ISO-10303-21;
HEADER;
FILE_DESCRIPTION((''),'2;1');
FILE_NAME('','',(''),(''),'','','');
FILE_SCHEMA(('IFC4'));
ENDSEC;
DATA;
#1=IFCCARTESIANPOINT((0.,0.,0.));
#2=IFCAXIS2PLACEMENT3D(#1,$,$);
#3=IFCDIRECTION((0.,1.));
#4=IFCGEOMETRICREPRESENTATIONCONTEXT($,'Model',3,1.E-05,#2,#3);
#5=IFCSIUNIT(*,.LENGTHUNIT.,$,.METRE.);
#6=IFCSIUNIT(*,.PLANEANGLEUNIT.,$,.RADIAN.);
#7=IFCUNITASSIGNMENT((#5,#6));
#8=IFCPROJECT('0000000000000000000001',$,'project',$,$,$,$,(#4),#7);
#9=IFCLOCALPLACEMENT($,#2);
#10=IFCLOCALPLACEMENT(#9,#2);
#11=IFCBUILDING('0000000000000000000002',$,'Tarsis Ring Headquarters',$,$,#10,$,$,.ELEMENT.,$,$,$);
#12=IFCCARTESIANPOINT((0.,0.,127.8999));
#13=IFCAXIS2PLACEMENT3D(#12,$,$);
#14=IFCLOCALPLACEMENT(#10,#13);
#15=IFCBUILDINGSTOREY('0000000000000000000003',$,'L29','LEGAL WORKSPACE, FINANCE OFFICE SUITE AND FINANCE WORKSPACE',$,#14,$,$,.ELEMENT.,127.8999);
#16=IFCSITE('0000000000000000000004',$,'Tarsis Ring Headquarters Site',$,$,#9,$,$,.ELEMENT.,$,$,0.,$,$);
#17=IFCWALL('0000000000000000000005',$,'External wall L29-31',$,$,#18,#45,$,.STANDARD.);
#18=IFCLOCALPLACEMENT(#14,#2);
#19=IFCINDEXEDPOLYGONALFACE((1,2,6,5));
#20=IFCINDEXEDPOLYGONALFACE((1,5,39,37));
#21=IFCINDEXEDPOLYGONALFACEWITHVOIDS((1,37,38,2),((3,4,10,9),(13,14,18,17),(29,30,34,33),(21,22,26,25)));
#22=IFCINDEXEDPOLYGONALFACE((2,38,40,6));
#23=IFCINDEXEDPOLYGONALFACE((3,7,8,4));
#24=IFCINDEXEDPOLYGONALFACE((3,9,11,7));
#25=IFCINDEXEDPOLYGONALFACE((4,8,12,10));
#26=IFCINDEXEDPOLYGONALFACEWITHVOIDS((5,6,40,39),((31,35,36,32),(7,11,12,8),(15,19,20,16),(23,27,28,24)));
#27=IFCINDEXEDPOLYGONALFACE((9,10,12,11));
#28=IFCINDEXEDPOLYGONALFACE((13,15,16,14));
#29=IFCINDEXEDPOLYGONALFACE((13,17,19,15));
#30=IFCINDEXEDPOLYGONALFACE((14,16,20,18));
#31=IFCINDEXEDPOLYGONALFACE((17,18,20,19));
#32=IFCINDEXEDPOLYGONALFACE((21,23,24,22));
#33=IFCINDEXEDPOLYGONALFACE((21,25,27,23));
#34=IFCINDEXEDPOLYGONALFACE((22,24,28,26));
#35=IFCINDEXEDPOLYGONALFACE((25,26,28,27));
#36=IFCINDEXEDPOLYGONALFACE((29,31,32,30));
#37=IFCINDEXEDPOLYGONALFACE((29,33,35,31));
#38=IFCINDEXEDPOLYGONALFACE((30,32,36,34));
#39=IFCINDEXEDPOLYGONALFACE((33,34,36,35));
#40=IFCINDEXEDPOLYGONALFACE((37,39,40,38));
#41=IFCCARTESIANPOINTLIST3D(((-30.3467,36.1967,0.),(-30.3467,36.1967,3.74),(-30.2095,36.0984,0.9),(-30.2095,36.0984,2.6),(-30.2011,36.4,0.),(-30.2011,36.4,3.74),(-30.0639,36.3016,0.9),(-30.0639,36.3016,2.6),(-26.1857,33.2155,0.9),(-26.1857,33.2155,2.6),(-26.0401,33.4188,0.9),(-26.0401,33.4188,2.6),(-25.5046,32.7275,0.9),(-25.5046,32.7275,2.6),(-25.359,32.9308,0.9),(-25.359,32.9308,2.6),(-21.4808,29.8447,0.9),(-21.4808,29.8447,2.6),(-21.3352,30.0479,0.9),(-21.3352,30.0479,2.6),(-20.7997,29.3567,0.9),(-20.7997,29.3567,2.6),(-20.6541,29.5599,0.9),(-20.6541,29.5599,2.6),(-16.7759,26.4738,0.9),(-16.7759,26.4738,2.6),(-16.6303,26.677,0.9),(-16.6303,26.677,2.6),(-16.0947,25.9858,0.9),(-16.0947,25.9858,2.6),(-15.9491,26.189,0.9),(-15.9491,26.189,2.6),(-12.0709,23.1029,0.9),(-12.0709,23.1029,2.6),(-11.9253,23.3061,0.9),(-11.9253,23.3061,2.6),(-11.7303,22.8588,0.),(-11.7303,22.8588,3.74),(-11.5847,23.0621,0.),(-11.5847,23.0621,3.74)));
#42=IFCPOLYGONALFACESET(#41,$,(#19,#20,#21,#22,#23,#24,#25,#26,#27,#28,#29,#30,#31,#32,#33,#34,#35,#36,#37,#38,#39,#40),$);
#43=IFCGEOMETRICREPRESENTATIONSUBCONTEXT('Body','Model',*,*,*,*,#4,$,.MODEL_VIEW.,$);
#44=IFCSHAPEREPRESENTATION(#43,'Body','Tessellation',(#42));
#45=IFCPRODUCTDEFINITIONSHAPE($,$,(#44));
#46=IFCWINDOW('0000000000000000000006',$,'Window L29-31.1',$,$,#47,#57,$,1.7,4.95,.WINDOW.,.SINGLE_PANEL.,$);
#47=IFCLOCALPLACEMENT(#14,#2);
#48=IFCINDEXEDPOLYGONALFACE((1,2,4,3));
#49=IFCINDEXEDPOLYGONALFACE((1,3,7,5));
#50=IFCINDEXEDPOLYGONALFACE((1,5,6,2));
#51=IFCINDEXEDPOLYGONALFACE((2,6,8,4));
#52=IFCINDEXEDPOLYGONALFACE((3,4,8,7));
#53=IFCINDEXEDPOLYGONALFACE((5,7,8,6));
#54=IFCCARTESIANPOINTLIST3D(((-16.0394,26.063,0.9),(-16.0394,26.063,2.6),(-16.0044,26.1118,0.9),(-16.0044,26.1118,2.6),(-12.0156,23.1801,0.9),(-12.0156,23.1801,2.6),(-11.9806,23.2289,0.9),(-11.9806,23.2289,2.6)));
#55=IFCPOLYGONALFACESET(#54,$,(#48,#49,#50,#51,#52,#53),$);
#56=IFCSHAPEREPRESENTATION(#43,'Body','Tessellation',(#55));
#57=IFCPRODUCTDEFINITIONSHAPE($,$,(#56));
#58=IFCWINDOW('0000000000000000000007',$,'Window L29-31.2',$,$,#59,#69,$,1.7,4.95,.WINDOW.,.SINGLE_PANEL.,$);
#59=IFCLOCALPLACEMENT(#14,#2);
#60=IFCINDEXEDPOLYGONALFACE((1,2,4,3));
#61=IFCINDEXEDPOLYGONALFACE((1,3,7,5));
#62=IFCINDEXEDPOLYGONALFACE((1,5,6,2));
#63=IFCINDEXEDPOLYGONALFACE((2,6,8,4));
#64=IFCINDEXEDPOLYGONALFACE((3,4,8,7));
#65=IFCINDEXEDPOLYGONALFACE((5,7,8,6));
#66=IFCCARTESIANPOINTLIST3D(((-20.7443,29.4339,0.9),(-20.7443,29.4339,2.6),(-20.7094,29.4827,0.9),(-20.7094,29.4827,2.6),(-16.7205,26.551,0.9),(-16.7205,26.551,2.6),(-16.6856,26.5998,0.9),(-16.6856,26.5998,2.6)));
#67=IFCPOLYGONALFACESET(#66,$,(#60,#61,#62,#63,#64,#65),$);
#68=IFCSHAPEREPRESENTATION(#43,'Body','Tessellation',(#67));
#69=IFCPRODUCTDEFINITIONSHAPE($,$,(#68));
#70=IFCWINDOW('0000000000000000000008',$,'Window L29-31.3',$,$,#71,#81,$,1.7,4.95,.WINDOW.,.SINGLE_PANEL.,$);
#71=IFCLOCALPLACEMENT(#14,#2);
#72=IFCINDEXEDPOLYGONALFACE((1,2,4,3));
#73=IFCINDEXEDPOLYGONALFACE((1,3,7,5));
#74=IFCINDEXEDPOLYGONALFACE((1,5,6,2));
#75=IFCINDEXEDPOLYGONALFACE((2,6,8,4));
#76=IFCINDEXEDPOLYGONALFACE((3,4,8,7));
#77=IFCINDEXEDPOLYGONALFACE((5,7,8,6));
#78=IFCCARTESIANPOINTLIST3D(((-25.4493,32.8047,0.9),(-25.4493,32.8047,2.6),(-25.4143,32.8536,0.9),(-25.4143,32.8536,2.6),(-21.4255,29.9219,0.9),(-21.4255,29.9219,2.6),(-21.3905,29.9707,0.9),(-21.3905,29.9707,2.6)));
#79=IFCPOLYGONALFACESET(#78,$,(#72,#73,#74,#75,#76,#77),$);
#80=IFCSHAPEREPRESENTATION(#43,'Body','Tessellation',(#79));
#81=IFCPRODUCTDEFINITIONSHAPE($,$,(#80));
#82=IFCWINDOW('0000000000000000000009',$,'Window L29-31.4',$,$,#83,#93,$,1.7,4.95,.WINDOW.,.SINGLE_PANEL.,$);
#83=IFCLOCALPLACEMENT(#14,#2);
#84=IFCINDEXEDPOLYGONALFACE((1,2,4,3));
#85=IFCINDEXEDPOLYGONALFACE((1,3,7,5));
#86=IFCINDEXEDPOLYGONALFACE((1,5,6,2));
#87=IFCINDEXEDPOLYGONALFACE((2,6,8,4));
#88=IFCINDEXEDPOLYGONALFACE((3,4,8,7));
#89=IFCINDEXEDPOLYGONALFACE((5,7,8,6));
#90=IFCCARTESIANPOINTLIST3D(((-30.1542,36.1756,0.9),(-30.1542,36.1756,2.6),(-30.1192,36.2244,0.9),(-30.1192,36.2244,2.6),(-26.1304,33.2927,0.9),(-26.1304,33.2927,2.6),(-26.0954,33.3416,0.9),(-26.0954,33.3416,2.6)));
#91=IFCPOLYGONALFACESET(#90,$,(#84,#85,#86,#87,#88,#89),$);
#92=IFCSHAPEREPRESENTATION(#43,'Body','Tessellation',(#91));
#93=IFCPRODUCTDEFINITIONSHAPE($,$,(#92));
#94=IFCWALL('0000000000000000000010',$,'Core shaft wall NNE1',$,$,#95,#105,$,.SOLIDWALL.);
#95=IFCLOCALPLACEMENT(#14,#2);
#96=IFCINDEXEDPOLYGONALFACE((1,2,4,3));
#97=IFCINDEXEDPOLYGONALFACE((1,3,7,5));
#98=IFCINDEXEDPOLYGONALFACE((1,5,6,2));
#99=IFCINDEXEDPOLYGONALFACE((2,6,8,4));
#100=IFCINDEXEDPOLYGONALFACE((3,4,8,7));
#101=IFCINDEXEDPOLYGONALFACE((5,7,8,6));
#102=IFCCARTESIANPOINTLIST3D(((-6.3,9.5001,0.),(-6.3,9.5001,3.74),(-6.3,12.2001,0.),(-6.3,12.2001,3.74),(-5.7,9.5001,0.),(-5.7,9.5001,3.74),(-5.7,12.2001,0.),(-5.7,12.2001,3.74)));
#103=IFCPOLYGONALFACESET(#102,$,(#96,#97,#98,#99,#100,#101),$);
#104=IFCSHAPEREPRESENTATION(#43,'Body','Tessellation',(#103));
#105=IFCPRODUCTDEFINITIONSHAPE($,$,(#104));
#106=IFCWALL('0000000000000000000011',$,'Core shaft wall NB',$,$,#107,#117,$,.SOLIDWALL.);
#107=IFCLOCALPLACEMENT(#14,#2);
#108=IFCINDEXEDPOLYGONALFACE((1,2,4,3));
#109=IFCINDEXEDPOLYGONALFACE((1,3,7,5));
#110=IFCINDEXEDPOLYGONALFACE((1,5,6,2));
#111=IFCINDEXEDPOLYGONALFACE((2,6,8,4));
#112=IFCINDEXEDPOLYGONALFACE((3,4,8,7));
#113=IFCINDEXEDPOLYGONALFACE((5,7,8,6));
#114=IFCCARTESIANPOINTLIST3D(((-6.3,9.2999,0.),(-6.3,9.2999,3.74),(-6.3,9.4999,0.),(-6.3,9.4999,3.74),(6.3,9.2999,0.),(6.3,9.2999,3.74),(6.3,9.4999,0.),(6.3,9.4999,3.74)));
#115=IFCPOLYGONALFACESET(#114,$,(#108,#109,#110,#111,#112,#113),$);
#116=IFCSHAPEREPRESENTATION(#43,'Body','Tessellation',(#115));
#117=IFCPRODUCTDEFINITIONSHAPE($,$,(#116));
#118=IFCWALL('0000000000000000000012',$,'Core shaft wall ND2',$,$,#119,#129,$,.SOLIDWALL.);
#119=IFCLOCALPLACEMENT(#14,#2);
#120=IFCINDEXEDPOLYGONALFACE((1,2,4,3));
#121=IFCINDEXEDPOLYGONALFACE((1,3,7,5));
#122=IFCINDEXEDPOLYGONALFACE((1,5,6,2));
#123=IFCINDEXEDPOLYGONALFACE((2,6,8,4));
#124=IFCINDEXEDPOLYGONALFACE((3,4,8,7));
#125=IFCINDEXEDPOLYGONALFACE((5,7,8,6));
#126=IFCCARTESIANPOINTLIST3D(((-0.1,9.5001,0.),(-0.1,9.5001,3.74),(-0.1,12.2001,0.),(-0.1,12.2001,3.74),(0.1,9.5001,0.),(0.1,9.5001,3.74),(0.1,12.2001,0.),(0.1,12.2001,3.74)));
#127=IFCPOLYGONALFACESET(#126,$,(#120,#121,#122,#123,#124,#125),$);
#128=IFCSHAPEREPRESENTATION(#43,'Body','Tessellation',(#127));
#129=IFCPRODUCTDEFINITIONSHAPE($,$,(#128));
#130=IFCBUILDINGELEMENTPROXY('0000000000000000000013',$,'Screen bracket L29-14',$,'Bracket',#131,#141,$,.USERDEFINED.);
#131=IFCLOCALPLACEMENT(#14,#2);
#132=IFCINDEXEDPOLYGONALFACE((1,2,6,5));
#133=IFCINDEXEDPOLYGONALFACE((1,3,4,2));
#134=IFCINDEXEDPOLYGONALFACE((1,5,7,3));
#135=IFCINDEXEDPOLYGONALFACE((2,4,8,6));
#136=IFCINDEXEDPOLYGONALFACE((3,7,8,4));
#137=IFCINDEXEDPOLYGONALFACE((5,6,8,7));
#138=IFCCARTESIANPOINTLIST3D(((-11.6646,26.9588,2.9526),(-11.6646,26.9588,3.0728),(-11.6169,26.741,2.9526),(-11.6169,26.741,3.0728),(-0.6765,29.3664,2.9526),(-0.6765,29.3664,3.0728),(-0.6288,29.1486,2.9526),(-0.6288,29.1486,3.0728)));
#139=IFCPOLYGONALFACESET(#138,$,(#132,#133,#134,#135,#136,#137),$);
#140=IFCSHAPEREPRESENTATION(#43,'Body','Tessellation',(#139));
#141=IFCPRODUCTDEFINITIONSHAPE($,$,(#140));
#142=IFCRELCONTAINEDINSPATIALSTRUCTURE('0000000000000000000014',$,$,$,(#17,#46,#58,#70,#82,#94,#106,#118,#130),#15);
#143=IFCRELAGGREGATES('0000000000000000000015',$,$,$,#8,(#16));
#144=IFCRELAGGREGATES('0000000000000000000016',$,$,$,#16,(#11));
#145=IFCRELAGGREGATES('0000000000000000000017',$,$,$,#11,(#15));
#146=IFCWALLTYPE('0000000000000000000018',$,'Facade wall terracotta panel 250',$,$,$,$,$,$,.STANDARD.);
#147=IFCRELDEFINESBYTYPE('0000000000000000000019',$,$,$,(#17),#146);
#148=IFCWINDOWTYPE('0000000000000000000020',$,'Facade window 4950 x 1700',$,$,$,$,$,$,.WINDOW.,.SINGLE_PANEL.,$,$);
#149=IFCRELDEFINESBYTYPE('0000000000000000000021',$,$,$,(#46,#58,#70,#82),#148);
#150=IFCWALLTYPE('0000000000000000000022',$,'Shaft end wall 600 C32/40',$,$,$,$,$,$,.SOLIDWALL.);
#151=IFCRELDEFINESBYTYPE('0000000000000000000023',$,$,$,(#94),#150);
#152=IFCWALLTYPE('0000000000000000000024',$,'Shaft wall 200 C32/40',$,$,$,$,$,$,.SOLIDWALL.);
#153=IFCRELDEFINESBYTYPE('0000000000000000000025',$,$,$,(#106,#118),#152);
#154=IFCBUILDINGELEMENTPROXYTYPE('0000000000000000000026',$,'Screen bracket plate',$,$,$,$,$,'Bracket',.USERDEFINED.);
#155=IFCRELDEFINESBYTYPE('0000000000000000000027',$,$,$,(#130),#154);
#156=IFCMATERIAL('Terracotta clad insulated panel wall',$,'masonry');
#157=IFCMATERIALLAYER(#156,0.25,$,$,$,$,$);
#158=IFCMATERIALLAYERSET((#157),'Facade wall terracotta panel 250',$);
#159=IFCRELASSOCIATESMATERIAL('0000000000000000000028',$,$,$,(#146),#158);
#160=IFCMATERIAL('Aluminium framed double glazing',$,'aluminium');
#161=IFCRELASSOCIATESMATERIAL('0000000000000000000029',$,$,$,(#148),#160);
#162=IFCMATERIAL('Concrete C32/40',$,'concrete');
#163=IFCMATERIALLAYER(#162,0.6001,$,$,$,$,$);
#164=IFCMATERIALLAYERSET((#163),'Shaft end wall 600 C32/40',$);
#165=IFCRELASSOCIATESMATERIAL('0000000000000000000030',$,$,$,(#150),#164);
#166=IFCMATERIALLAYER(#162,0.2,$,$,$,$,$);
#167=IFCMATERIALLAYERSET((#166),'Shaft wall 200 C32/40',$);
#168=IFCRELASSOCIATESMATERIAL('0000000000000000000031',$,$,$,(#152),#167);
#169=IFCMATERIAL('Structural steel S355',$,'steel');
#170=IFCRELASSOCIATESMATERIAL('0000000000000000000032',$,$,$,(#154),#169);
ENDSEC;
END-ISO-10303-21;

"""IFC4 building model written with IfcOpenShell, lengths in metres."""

from ifc_helpers import new_model, si_unit, direction, frame, frame_2d, origin, origin_2d, place, context, subcontext, project, spatial, rectangle, extrude, material, layer, layer_set, type_object, element, fill, save


model = new_model("IFC4")

# Units and contexts
model_context = context("Model", 3, precision=1e-05, world=origin(), true_north=direction((0.0, 1.0)))
body_context = subcontext(model_context, "Body", "Model", "MODEL_VIEW")
ifc_project = project(units=[si_unit("LENGTHUNIT", "METRE"), si_unit("PLANEANGLEUNIT", "RADIAN")], contexts=[model_context])

# Site, building, storey
site_placement = place(None, origin())
site = spatial("IfcSite", under=ifc_project, at=site_placement, Name="Tarsis Ring Headquarters Site", CompositionType="ELEMENT", RefElevation=0.0)
building_placement = place(site_placement, origin())
building = spatial("IfcBuilding", under=site, at=building_placement, Name="Tarsis Ring Headquarters", CompositionType="ELEMENT")
storey_placement = place(building_placement, frame((0.0, 0.0, 127.8999)))
storey = spatial("IfcBuildingStorey", under=building, at=storey_placement, Name="L29", Description="LEGAL WORKSPACE, FINANCE OFFICE SUITE AND FINANCE WORKSPACE", CompositionType="ELEMENT", Elevation=127.8999)

# Shared definitions
ifc_material_1 = material(Name="Structural steel S355", Category="steel")

# Shared definitions
ifc_material_2 = material(Name="Terracotta clad insulated panel wall", Category="masonry")
ifc_layer_1 = layer(ifc_material_2, 0.25)
ifc_layer_set_1 = layer_set([ifc_layer_1], Name="Facade wall terracotta panel 250")
wall_type_1 = type_object("IfcWallType", Name="Facade wall terracotta panel 250", PredefinedType="STANDARD", material=ifc_layer_set_1)
ifc_material_3 = material(Name="Aluminium framed double glazing", Category="aluminium")

# Wall, openings, windows
wall_1_placement = place(storey_placement, frame((-11.6575, 22.9604, 0.0), z_axis=(0.0, 0.0, 1.0), x_axis=(-0.812898, 0.582406, 0.0)))
wall_1 = element("IfcWall", 1, at=wall_1_placement, inside=storey, type_object=wall_type_1, Name="External wall L29-31", PredefinedType="STANDARD", context=body_context, shape_type="SweptSolid", body=[
    extrude(rectangle(XDim=22.9014, YDim=0.25, at=frame_2d((11.4507, 0.0))), origin(), (0.0, 0.0, 1.0), 3.74),
])
opening_1_placement = place(wall_1_placement, frame((0.4189, 0.0, 0.8999)))
opening_1 = element("IfcOpeningElement", 2, at=opening_1_placement, cuts=wall_1, PredefinedType="OPENING", context=body_context, shape_type="SweptSolid", body=[
    extrude(rectangle(XDim=4.95, YDim=1.7, at=frame_2d((2.4751, 0.8501))), frame((0.0, 0.135, 0.0), z_axis=(0.0, -1.0, 0.0), x_axis=(1.0, 0.0, 0.0)), (0.0, 0.0, 1.0), 0.27),
])
opening_2_placement = place(wall_1_placement, frame((6.2068, 0.0, 0.8999)))
opening_2 = element("IfcOpeningElement", 3, at=opening_2_placement, cuts=wall_1, PredefinedType="OPENING", context=body_context, shape_type="SweptSolid", body=[
    extrude(rectangle(XDim=4.95, YDim=1.7, at=frame_2d((2.4751, 0.8501))), frame((0.0, 0.135, 0.0), z_axis=(0.0, -1.0, 0.0), x_axis=(1.0, 0.0, 0.0)), (0.0, 0.0, 1.0), 0.27),
])
opening_3_placement = place(wall_1_placement, frame((11.9946, 0.0, 0.8999)))
opening_3 = element("IfcOpeningElement", 4, at=opening_3_placement, cuts=wall_1, PredefinedType="OPENING", context=body_context, shape_type="SweptSolid", body=[
    extrude(rectangle(XDim=4.95, YDim=1.7, at=frame_2d((2.4751, 0.8501))), frame((0.0, 0.135, 0.0), z_axis=(0.0, -1.0, 0.0), x_axis=(1.0, 0.0, 0.0)), (0.0, 0.0, 1.0), 0.27),
])
opening_4_placement = place(wall_1_placement, frame((17.7825, 0.0, 0.8999)))
opening_4 = element("IfcOpeningElement", 5, at=opening_4_placement, cuts=wall_1, PredefinedType="OPENING", context=body_context, shape_type="SweptSolid", body=[
    extrude(rectangle(XDim=4.95, YDim=1.7, at=frame_2d((2.4751, 0.8501))), frame((0.0, 0.135, 0.0), z_axis=(0.0, -1.0, 0.0), x_axis=(1.0, 0.0, 0.0)), (0.0, 0.0, 1.0), 0.27),
])
window_type_1 = type_object("IfcWindowType", Name="Facade window 4950 x 1700", PartitioningType="SINGLE_PANEL", PredefinedType="WINDOW", material=ifc_material_3)
window_1_placement = place(opening_1_placement, origin())
window_1 = element("IfcWindow", 6, at=window_1_placement, inside=storey, type_object=window_type_1, Name="Window L29-31.1", OverallHeight=1.7, OverallWidth=4.95, PartitioningType="SINGLE_PANEL", PredefinedType="WINDOW", context=body_context, shape_type="SweptSolid", body=[
    extrude(rectangle(XDim=4.95, YDim=1.7, at=frame_2d((2.4751, 0.8501))), frame((0.0, 0.03, 0.0), z_axis=(0.0, -1.0, 0.0), x_axis=(1.0, 0.0, 0.0)), (0.0, 0.0, 1.0), 0.0601),
])
fill(opening_1, window_1)
window_2_placement = place(opening_2_placement, origin())
window_2 = element("IfcWindow", 7, at=window_2_placement, inside=storey, type_object=window_type_1, Name="Window L29-31.2", OverallHeight=1.7, OverallWidth=4.95, PartitioningType="SINGLE_PANEL", PredefinedType="WINDOW", context=body_context, shape_type="SweptSolid", body=[
    extrude(rectangle(XDim=4.95, YDim=1.7, at=frame_2d((2.4751, 0.8501))), frame((0.0, 0.03, 0.0), z_axis=(0.0, -1.0, 0.0), x_axis=(1.0, 0.0, 0.0)), (0.0, 0.0, 1.0), 0.0601),
])
fill(opening_2, window_2)
window_3_placement = place(opening_3_placement, origin())
window_3 = element("IfcWindow", 8, at=window_3_placement, inside=storey, type_object=window_type_1, Name="Window L29-31.3", OverallHeight=1.7, OverallWidth=4.95, PartitioningType="SINGLE_PANEL", PredefinedType="WINDOW", context=body_context, shape_type="SweptSolid", body=[
    extrude(rectangle(XDim=4.95, YDim=1.7, at=frame_2d((2.4751, 0.8501))), frame((0.0, 0.03, 0.0), z_axis=(0.0, -1.0, 0.0), x_axis=(1.0, 0.0, 0.0)), (0.0, 0.0, 1.0), 0.0601),
])
fill(opening_3, window_3)
window_4_placement = place(opening_4_placement, origin())
window_4 = element("IfcWindow", 9, at=window_4_placement, inside=storey, type_object=window_type_1, Name="Window L29-31.4", OverallHeight=1.7, OverallWidth=4.95, PartitioningType="SINGLE_PANEL", PredefinedType="WINDOW", context=body_context, shape_type="SweptSolid", body=[
    extrude(rectangle(XDim=4.95, YDim=1.7, at=frame_2d((2.4751, 0.8501))), frame((0.0, 0.03, 0.0), z_axis=(0.0, -1.0, 0.0), x_axis=(1.0, 0.0, 0.0)), (0.0, 0.0, 1.0), 0.0601),
])
fill(opening_4, window_4)

# Walls
ifc_material_4 = material(Name="Concrete C32/40", Category="concrete")
ifc_layer_2 = layer(ifc_material_4, 0.6001)
ifc_layer_set_2 = layer_set([ifc_layer_2], Name="Shaft end wall 600 C32/40")
wall_type_2 = type_object("IfcWallType", Name="Shaft end wall 600 C32/40", PredefinedType="SOLIDWALL", material=ifc_layer_set_2)
wall_2_placement = place(storey_placement, frame((-6.0, 9.5, 0.0), z_axis=(0.0, 0.0, 1.0), x_axis=(0.0, 1.0, 0.0)))
element("IfcWall", 10, at=wall_2_placement, inside=storey, type_object=wall_type_2, Name="Core shaft wall NNE1", PredefinedType="SOLIDWALL", context=body_context, shape_type="SweptSolid", body=[
    extrude(rectangle(XDim=2.7, YDim=0.6001, at=frame_2d((1.3501, 0.0))), origin(), (0.0, 0.0, 1.0), 3.74),
])
ifc_layer_3 = layer(ifc_material_4, 0.2)
ifc_layer_set_3 = layer_set([ifc_layer_3], Name="Shaft wall 200 C32/40")
wall_type_3 = type_object("IfcWallType", Name="Shaft wall 200 C32/40", PredefinedType="SOLIDWALL", material=ifc_layer_set_3)
wall_3_placement = place(storey_placement, frame((-6.3, 9.3999, 0.0), z_axis=(0.0, 0.0, 1.0), x_axis=(1.0, 0.0, 0.0)))
element("IfcWall", 11, at=wall_3_placement, inside=storey, type_object=wall_type_3, Name="Core shaft wall NB", PredefinedType="SOLIDWALL", context=body_context, shape_type="SweptSolid", body=[
    extrude(rectangle(XDim=12.6001, YDim=0.2, at=frame_2d((6.3, 0.0))), origin(), (0.0, 0.0, 1.0), 3.74),
])
wall_4_placement = place(storey_placement, frame((0.0, 9.5, 0.0), z_axis=(0.0, 0.0, 1.0), x_axis=(0.0, 1.0, 0.0)))
element("IfcWall", 12, at=wall_4_placement, inside=storey, type_object=wall_type_3, Name="Core shaft wall ND2", PredefinedType="SOLIDWALL", context=body_context, shape_type="SweptSolid", body=[
    extrude(rectangle(XDim=2.7, YDim=0.2, at=frame_2d((1.3501, 0.0))), origin(), (0.0, 0.0, 1.0), 3.74),
])

# Building element proxy
building_element_proxy_type = type_object("IfcBuildingElementProxyType", Name="Screen bracket plate", ElementType="Bracket", PredefinedType="USERDEFINED", material=ifc_material_1)
proxy_placement = place(storey_placement, frame((-6.1467, 28.0537, 2.9526), z_axis=(0.0, 0.0, 1.0), x_axis=(-0.976827, -0.214032, 0.0)))
element("IfcBuildingElementProxy", 13, at=proxy_placement, inside=storey, type_object=building_element_proxy_type, Name="Screen bracket L29-14", ObjectType="Bracket", PredefinedType="USERDEFINED", context=body_context, shape_type="SweptSolid", body=[
    extrude(rectangle(XDim=11.2488, YDim=0.2229, at=origin_2d()), origin(), (0.0, 0.0, 1.0), 0.1201),
])

save(model, "model.ifc")
